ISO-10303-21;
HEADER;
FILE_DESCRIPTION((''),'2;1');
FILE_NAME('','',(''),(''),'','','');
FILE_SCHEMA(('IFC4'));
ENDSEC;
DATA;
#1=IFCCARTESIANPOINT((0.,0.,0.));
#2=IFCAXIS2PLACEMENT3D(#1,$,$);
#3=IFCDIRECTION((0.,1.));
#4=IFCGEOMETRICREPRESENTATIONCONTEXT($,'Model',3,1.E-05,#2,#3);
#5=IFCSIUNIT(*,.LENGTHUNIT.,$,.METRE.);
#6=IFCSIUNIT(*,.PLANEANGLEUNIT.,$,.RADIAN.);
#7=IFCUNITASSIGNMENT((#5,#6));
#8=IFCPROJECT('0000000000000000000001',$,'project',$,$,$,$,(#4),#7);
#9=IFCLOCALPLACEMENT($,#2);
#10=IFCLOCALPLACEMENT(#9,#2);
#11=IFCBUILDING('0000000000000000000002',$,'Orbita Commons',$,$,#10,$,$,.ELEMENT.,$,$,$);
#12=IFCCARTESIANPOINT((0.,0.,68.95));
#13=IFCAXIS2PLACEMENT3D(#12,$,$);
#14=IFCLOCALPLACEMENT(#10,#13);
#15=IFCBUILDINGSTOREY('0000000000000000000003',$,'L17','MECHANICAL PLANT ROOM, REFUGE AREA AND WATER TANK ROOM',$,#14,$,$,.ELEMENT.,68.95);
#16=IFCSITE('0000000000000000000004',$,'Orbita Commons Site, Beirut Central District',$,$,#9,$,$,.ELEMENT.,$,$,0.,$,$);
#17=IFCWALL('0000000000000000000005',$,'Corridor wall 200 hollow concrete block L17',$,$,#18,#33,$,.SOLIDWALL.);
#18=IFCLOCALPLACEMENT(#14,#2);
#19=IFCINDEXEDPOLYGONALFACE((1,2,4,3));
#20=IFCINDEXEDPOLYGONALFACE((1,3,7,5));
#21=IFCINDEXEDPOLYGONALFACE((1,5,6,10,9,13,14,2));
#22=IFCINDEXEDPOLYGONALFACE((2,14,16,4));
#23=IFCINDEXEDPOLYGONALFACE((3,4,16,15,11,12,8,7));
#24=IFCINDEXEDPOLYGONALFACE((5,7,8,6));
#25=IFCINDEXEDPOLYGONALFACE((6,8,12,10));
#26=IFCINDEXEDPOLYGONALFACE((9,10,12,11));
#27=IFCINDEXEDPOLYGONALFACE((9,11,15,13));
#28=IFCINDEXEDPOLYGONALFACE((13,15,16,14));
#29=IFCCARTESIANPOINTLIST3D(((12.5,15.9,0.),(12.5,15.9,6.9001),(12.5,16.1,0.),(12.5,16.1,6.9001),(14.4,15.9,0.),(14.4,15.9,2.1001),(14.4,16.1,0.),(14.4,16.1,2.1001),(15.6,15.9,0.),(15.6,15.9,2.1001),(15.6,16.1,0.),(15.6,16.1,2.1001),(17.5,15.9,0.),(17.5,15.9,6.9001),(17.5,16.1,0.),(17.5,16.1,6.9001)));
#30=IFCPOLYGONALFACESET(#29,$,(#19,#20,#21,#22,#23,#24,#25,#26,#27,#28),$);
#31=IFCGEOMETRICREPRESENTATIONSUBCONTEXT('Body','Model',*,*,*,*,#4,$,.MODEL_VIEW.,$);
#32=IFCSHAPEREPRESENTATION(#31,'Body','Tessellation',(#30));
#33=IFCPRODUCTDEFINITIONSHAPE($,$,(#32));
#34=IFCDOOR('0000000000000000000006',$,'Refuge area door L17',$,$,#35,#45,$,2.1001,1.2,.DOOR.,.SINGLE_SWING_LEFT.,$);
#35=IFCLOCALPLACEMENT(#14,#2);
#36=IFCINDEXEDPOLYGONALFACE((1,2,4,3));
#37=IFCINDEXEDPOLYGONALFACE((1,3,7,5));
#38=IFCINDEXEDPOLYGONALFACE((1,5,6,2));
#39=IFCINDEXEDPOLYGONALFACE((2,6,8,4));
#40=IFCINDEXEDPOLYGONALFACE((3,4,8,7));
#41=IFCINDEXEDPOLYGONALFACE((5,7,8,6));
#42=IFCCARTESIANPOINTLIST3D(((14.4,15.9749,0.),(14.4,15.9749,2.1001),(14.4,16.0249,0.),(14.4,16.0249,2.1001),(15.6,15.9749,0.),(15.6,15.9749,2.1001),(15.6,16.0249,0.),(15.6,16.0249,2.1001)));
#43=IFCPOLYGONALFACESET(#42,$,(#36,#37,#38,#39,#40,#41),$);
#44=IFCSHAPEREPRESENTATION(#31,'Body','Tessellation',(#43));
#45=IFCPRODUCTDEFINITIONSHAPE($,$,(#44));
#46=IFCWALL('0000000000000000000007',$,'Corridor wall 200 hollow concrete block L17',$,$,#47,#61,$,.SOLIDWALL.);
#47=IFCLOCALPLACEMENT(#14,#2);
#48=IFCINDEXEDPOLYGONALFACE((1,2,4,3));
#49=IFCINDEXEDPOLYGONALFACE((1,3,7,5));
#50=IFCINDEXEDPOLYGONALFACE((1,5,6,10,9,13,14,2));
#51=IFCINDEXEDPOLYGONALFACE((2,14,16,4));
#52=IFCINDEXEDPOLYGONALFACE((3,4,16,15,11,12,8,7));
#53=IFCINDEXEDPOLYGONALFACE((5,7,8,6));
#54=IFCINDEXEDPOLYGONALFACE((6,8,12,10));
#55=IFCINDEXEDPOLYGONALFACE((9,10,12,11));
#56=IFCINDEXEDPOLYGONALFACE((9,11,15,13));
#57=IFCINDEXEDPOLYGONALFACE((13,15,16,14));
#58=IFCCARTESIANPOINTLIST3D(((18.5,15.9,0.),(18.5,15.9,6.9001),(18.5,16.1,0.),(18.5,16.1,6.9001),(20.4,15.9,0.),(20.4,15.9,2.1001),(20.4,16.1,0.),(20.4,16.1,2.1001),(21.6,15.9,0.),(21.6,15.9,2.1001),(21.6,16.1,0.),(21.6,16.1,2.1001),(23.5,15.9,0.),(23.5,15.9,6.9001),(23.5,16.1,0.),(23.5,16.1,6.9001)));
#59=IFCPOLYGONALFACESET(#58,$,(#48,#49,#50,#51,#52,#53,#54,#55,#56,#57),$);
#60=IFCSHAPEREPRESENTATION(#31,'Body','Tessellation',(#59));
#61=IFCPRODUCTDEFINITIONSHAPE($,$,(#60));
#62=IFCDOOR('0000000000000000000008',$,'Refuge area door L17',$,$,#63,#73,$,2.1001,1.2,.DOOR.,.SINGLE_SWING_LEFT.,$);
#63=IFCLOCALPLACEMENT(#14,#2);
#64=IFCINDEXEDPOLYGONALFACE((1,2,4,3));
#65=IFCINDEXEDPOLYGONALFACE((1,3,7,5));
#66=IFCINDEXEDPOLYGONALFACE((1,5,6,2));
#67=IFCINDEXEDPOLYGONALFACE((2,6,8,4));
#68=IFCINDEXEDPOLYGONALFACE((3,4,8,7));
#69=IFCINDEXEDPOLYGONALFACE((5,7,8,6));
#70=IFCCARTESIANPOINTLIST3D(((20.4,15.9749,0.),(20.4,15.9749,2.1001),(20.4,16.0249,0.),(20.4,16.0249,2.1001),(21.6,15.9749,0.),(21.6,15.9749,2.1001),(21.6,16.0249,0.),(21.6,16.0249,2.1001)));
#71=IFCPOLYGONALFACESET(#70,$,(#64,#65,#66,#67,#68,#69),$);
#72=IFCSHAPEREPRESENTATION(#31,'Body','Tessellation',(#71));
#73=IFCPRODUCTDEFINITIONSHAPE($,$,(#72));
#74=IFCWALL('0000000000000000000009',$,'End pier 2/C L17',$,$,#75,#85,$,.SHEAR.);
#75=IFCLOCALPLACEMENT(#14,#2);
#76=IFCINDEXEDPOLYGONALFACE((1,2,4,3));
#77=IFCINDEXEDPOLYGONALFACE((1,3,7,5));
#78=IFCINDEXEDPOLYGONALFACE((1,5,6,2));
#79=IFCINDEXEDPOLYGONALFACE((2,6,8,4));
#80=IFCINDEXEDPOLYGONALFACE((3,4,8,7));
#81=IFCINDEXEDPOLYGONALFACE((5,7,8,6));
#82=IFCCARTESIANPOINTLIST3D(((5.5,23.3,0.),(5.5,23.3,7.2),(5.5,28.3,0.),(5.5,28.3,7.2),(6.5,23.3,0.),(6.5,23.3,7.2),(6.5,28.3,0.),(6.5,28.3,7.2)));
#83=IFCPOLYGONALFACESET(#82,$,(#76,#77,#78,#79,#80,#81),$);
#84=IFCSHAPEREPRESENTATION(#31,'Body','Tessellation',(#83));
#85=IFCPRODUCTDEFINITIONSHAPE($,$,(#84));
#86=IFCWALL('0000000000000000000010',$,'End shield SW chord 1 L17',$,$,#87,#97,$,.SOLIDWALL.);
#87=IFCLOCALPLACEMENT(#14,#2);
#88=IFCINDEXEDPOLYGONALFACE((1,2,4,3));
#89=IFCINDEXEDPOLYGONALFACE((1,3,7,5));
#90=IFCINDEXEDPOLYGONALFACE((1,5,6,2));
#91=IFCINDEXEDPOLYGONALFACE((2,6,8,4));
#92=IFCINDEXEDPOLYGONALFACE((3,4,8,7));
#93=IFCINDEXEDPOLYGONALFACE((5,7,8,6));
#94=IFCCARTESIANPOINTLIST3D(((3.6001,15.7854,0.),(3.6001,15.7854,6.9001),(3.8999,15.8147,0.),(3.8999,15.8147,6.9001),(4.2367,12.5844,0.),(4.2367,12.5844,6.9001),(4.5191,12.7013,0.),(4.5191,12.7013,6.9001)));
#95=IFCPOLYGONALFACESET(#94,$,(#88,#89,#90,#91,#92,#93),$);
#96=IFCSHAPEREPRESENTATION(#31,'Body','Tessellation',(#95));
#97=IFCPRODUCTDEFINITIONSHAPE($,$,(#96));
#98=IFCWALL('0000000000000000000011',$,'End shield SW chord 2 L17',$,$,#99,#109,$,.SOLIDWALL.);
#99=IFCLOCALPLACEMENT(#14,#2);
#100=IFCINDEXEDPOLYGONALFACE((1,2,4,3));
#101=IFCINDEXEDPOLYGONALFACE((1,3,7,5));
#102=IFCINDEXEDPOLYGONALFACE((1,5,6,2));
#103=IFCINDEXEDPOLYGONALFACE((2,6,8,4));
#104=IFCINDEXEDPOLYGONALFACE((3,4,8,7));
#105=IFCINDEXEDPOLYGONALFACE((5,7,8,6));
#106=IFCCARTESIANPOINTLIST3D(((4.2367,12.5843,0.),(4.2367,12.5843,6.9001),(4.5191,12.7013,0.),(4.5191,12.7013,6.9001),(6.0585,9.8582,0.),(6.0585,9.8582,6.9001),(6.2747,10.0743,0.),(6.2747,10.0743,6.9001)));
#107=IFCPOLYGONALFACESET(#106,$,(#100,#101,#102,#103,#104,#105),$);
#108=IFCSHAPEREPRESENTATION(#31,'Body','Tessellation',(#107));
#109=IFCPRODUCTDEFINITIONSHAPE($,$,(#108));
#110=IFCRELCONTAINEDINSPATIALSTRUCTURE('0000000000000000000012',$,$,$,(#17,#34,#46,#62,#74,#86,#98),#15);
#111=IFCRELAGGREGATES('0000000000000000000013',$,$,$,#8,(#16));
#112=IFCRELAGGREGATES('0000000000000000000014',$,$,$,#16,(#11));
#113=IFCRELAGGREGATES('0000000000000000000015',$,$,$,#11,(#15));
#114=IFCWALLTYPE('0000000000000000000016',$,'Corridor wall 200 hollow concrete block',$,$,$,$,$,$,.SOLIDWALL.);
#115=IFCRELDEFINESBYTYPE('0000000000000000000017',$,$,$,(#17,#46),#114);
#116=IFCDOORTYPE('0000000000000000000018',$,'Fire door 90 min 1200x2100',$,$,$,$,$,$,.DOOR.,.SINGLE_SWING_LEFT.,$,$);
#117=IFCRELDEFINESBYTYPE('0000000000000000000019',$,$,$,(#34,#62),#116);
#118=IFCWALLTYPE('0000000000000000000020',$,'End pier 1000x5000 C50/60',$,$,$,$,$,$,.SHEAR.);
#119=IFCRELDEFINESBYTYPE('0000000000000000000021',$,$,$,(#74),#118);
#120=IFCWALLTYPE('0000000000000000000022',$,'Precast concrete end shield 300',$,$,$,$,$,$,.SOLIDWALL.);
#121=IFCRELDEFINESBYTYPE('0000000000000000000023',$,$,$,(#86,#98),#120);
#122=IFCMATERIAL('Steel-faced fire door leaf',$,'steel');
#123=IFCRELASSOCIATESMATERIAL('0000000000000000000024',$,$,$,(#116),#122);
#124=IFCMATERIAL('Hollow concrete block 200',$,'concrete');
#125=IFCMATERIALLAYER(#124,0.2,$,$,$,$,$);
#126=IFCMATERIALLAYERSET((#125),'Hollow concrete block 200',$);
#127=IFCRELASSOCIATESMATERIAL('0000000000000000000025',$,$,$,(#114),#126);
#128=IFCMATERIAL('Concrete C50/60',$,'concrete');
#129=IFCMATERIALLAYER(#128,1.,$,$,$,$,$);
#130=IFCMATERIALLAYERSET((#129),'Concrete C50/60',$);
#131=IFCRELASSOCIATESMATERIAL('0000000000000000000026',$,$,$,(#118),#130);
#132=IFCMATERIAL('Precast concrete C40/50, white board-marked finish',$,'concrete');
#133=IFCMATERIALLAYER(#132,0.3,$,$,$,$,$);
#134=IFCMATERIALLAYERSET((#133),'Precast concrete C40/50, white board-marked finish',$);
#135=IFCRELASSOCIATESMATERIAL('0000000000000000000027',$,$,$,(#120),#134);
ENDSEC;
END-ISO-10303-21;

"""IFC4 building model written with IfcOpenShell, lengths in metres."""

from ifc_helpers import new_model, si_unit, direction, frame, frame_2d, origin, place, context, subcontext, project, spatial, polyline, rectangle, outline, extrude, material, layer, layer_set, type_object, element, fill, save


model = new_model("IFC4")

# Units and contexts
model_context = context("Model", 3, precision=1e-05, world=origin(), true_north=direction((0.0, 1.0)))
body_context = subcontext(model_context, "Body", "Model", "MODEL_VIEW")
ifc_project = project(units=[si_unit("LENGTHUNIT", "METRE"), si_unit("PLANEANGLEUNIT", "RADIAN")], contexts=[model_context])

# Site, building, storey
site_placement = place(None, origin())
site = spatial("IfcSite", under=ifc_project, at=site_placement, Name="Orbita Commons Site, Beirut Central District", CompositionType="ELEMENT", RefElevation=0.0)
building_placement = place(site_placement, origin())
building = spatial("IfcBuilding", under=site, at=building_placement, Name="Orbita Commons", CompositionType="ELEMENT")
storey_placement = place(building_placement, frame((0.0, 0.0, 68.95)))
storey = spatial("IfcBuildingStorey", under=building, at=storey_placement, Name="L17", Description="MECHANICAL PLANT ROOM, REFUGE AREA AND WATER TANK ROOM", CompositionType="ELEMENT", Elevation=68.95)

# Shared definitions
ifc_material_1 = material(Name="Steel-faced fire door leaf", Category="steel")
door_type = type_object("IfcDoorType", Name="Fire door 90 min 1200x2100", OperationType="SINGLE_SWING_LEFT", PredefinedType="DOOR", material=ifc_material_1)

# Walls, openings, doors
ifc_material_2 = material(Name="Hollow concrete block 200", Category="concrete")
ifc_layer_1 = layer(ifc_material_2, 0.2)
ifc_layer_set_1 = layer_set([ifc_layer_1], Name="Hollow concrete block 200")
wall_type_1 = type_object("IfcWallType", Name="Corridor wall 200 hollow concrete block", PredefinedType="SOLIDWALL", material=ifc_layer_set_1)
wall_1_placement = place(storey_placement, frame((12.5, 16.0, 0.0), z_axis=(0.0, 0.0, 1.0), x_axis=(1.0, 0.0, 0.0)))
wall_1 = element("IfcWall", 1, at=wall_1_placement, inside=storey, type_object=wall_type_1, Name="Corridor wall 200 hollow concrete block L17", PredefinedType="SOLIDWALL", context=body_context, shape_type="SweptSolid", body=[
    extrude(rectangle(XDim=5.0, YDim=0.2, at=frame_2d((2.5, 0.0))), origin(), (0.0, 0.0, 1.0), 6.9001),
])
opening_1_placement = place(wall_1_placement, frame((1.8999, 0.0, 0.0)))
opening_1 = element("IfcOpeningElement", 2, at=opening_1_placement, cuts=wall_1, PredefinedType="OPENING", context=body_context, shape_type="SweptSolid", body=[
    extrude(rectangle(XDim=1.2, YDim=2.1001, at=frame_2d((0.6001, 1.05))), frame((0.0, 0.1099, 0.0), z_axis=(0.0, -1.0, 0.0), x_axis=(1.0, 0.0, 0.0)), (0.0, 0.0, 1.0), 0.22),
])
door_1_placement = place(opening_1_placement, origin())
door_1 = element("IfcDoor", 3, at=door_1_placement, inside=storey, type_object=door_type, Name="Refuge area door L17", OperationType="SINGLE_SWING_LEFT", OverallHeight=2.1001, OverallWidth=1.2, PredefinedType="DOOR", context=body_context, shape_type="SweptSolid", body=[
    extrude(rectangle(XDim=1.2, YDim=2.1001, at=frame_2d((0.6001, 1.05))), frame((0.0, 0.0249, 0.0), z_axis=(0.0, -1.0, 0.0), x_axis=(1.0, 0.0, 0.0)), (0.0, 0.0, 1.0), 0.05),
])
fill(opening_1, door_1)
wall_2_placement = place(storey_placement, frame((18.5, 16.0, 0.0), z_axis=(0.0, 0.0, 1.0), x_axis=(1.0, 0.0, 0.0)))
wall_2 = element("IfcWall", 4, at=wall_2_placement, inside=storey, type_object=wall_type_1, Name="Corridor wall 200 hollow concrete block L17", PredefinedType="SOLIDWALL", context=body_context, shape_type="SweptSolid", body=[
    extrude(rectangle(XDim=5.0, YDim=0.2, at=frame_2d((2.5, 0.0))), origin(), (0.0, 0.0, 1.0), 6.9001),
])
opening_2_placement = place(wall_2_placement, frame((1.8999, 0.0, 0.0)))
opening_2 = element("IfcOpeningElement", 5, at=opening_2_placement, cuts=wall_2, PredefinedType="OPENING", context=body_context, shape_type="SweptSolid", body=[
    extrude(rectangle(XDim=1.2, YDim=2.1001, at=frame_2d((0.6001, 1.05))), frame((0.0, 0.1099, 0.0), z_axis=(0.0, -1.0, 0.0), x_axis=(1.0, 0.0, 0.0)), (0.0, 0.0, 1.0), 0.22),
])
door_2_placement = place(opening_2_placement, origin())
door_2 = element("IfcDoor", 6, at=door_2_placement, inside=storey, type_object=door_type, Name="Refuge area door L17", OperationType="SINGLE_SWING_LEFT", OverallHeight=2.1001, OverallWidth=1.2, PredefinedType="DOOR", context=body_context, shape_type="SweptSolid", body=[
    extrude(rectangle(XDim=1.2, YDim=2.1001, at=frame_2d((0.6001, 1.05))), frame((0.0, 0.0249, 0.0), z_axis=(0.0, -1.0, 0.0), x_axis=(1.0, 0.0, 0.0)), (0.0, 0.0, 1.0), 0.05),
])
fill(opening_2, door_2)

# Walls
ifc_material_3 = material(Name="Concrete C50/60", Category="concrete")
ifc_layer_2 = layer(ifc_material_3, 1.0)
ifc_layer_set_2 = layer_set([ifc_layer_2], Name="Concrete C50/60")
wall_type_2 = type_object("IfcWallType", Name="End pier 1000x5000 C50/60", PredefinedType="SHEAR", material=ifc_layer_set_2)
wall_3_placement = place(storey_placement, frame((6.0, 23.3, 0.0), z_axis=(0.0, 0.0, 1.0), x_axis=(0.0, 1.0, 0.0)))
element("IfcWall", 7, at=wall_3_placement, inside=storey, type_object=wall_type_2, Name="End pier 2/C L17", PredefinedType="SHEAR", context=body_context, shape_type="SweptSolid", body=[
    extrude(rectangle(XDim=5.0, YDim=1.0, at=frame_2d((2.5, 0.0))), origin(), (0.0, 0.0, 1.0), 7.2),
])
ifc_material_4 = material(Name="Precast concrete C40/50, white board-marked finish", Category="concrete")
ifc_layer_3 = layer(ifc_material_4, 0.3)
ifc_layer_set_3 = layer_set([ifc_layer_3], Name="Precast concrete C40/50, white board-marked finish")
wall_type_3 = type_object("IfcWallType", Name="Precast concrete end shield 300", PredefinedType="SOLIDWALL", material=ifc_layer_set_3)
wall_4_placement = place(storey_placement, frame((3.75, 15.8, 0.0), z_axis=(0.0, 0.0, 1.0), x_axis=(0.195066, -0.98079, 0.0)))
element("IfcWall", 8, at=wall_4_placement, inside=storey, type_object=wall_type_3, Name="End shield SW chord 1 L17", PredefinedType="SOLIDWALL", context=body_context, shape_type="SweptSolid", body=[
    extrude(outline(polyline([(-0.0149, -0.1499), (3.2488, -0.1499), (3.1892, 0.1499), (0.0149, 0.1499), (-0.0149, -0.1499)])), origin(), (0.0, 0.0, 1.0), 6.9001),
])
wall_5_placement = place(storey_placement, frame((4.3779, 12.6428, 0.0), z_axis=(0.0, 0.0, 1.0), x_axis=(0.55561, -0.831443, 0.0)))
element("IfcWall", 9, at=wall_5_placement, inside=storey, type_object=wall_type_3, Name="End shield SW chord 2 L17", PredefinedType="SOLIDWALL", context=body_context, shape_type="SweptSolid", body=[
    extrude(outline(polyline([(-0.0298, -0.1499), (3.249, -0.1499), (3.1895, 0.1499), (0.0298, 0.1499), (-0.0298, -0.1499)])), origin(), (0.0, 0.0, 1.0), 6.9001),
])

save(model, "model.ifc")
